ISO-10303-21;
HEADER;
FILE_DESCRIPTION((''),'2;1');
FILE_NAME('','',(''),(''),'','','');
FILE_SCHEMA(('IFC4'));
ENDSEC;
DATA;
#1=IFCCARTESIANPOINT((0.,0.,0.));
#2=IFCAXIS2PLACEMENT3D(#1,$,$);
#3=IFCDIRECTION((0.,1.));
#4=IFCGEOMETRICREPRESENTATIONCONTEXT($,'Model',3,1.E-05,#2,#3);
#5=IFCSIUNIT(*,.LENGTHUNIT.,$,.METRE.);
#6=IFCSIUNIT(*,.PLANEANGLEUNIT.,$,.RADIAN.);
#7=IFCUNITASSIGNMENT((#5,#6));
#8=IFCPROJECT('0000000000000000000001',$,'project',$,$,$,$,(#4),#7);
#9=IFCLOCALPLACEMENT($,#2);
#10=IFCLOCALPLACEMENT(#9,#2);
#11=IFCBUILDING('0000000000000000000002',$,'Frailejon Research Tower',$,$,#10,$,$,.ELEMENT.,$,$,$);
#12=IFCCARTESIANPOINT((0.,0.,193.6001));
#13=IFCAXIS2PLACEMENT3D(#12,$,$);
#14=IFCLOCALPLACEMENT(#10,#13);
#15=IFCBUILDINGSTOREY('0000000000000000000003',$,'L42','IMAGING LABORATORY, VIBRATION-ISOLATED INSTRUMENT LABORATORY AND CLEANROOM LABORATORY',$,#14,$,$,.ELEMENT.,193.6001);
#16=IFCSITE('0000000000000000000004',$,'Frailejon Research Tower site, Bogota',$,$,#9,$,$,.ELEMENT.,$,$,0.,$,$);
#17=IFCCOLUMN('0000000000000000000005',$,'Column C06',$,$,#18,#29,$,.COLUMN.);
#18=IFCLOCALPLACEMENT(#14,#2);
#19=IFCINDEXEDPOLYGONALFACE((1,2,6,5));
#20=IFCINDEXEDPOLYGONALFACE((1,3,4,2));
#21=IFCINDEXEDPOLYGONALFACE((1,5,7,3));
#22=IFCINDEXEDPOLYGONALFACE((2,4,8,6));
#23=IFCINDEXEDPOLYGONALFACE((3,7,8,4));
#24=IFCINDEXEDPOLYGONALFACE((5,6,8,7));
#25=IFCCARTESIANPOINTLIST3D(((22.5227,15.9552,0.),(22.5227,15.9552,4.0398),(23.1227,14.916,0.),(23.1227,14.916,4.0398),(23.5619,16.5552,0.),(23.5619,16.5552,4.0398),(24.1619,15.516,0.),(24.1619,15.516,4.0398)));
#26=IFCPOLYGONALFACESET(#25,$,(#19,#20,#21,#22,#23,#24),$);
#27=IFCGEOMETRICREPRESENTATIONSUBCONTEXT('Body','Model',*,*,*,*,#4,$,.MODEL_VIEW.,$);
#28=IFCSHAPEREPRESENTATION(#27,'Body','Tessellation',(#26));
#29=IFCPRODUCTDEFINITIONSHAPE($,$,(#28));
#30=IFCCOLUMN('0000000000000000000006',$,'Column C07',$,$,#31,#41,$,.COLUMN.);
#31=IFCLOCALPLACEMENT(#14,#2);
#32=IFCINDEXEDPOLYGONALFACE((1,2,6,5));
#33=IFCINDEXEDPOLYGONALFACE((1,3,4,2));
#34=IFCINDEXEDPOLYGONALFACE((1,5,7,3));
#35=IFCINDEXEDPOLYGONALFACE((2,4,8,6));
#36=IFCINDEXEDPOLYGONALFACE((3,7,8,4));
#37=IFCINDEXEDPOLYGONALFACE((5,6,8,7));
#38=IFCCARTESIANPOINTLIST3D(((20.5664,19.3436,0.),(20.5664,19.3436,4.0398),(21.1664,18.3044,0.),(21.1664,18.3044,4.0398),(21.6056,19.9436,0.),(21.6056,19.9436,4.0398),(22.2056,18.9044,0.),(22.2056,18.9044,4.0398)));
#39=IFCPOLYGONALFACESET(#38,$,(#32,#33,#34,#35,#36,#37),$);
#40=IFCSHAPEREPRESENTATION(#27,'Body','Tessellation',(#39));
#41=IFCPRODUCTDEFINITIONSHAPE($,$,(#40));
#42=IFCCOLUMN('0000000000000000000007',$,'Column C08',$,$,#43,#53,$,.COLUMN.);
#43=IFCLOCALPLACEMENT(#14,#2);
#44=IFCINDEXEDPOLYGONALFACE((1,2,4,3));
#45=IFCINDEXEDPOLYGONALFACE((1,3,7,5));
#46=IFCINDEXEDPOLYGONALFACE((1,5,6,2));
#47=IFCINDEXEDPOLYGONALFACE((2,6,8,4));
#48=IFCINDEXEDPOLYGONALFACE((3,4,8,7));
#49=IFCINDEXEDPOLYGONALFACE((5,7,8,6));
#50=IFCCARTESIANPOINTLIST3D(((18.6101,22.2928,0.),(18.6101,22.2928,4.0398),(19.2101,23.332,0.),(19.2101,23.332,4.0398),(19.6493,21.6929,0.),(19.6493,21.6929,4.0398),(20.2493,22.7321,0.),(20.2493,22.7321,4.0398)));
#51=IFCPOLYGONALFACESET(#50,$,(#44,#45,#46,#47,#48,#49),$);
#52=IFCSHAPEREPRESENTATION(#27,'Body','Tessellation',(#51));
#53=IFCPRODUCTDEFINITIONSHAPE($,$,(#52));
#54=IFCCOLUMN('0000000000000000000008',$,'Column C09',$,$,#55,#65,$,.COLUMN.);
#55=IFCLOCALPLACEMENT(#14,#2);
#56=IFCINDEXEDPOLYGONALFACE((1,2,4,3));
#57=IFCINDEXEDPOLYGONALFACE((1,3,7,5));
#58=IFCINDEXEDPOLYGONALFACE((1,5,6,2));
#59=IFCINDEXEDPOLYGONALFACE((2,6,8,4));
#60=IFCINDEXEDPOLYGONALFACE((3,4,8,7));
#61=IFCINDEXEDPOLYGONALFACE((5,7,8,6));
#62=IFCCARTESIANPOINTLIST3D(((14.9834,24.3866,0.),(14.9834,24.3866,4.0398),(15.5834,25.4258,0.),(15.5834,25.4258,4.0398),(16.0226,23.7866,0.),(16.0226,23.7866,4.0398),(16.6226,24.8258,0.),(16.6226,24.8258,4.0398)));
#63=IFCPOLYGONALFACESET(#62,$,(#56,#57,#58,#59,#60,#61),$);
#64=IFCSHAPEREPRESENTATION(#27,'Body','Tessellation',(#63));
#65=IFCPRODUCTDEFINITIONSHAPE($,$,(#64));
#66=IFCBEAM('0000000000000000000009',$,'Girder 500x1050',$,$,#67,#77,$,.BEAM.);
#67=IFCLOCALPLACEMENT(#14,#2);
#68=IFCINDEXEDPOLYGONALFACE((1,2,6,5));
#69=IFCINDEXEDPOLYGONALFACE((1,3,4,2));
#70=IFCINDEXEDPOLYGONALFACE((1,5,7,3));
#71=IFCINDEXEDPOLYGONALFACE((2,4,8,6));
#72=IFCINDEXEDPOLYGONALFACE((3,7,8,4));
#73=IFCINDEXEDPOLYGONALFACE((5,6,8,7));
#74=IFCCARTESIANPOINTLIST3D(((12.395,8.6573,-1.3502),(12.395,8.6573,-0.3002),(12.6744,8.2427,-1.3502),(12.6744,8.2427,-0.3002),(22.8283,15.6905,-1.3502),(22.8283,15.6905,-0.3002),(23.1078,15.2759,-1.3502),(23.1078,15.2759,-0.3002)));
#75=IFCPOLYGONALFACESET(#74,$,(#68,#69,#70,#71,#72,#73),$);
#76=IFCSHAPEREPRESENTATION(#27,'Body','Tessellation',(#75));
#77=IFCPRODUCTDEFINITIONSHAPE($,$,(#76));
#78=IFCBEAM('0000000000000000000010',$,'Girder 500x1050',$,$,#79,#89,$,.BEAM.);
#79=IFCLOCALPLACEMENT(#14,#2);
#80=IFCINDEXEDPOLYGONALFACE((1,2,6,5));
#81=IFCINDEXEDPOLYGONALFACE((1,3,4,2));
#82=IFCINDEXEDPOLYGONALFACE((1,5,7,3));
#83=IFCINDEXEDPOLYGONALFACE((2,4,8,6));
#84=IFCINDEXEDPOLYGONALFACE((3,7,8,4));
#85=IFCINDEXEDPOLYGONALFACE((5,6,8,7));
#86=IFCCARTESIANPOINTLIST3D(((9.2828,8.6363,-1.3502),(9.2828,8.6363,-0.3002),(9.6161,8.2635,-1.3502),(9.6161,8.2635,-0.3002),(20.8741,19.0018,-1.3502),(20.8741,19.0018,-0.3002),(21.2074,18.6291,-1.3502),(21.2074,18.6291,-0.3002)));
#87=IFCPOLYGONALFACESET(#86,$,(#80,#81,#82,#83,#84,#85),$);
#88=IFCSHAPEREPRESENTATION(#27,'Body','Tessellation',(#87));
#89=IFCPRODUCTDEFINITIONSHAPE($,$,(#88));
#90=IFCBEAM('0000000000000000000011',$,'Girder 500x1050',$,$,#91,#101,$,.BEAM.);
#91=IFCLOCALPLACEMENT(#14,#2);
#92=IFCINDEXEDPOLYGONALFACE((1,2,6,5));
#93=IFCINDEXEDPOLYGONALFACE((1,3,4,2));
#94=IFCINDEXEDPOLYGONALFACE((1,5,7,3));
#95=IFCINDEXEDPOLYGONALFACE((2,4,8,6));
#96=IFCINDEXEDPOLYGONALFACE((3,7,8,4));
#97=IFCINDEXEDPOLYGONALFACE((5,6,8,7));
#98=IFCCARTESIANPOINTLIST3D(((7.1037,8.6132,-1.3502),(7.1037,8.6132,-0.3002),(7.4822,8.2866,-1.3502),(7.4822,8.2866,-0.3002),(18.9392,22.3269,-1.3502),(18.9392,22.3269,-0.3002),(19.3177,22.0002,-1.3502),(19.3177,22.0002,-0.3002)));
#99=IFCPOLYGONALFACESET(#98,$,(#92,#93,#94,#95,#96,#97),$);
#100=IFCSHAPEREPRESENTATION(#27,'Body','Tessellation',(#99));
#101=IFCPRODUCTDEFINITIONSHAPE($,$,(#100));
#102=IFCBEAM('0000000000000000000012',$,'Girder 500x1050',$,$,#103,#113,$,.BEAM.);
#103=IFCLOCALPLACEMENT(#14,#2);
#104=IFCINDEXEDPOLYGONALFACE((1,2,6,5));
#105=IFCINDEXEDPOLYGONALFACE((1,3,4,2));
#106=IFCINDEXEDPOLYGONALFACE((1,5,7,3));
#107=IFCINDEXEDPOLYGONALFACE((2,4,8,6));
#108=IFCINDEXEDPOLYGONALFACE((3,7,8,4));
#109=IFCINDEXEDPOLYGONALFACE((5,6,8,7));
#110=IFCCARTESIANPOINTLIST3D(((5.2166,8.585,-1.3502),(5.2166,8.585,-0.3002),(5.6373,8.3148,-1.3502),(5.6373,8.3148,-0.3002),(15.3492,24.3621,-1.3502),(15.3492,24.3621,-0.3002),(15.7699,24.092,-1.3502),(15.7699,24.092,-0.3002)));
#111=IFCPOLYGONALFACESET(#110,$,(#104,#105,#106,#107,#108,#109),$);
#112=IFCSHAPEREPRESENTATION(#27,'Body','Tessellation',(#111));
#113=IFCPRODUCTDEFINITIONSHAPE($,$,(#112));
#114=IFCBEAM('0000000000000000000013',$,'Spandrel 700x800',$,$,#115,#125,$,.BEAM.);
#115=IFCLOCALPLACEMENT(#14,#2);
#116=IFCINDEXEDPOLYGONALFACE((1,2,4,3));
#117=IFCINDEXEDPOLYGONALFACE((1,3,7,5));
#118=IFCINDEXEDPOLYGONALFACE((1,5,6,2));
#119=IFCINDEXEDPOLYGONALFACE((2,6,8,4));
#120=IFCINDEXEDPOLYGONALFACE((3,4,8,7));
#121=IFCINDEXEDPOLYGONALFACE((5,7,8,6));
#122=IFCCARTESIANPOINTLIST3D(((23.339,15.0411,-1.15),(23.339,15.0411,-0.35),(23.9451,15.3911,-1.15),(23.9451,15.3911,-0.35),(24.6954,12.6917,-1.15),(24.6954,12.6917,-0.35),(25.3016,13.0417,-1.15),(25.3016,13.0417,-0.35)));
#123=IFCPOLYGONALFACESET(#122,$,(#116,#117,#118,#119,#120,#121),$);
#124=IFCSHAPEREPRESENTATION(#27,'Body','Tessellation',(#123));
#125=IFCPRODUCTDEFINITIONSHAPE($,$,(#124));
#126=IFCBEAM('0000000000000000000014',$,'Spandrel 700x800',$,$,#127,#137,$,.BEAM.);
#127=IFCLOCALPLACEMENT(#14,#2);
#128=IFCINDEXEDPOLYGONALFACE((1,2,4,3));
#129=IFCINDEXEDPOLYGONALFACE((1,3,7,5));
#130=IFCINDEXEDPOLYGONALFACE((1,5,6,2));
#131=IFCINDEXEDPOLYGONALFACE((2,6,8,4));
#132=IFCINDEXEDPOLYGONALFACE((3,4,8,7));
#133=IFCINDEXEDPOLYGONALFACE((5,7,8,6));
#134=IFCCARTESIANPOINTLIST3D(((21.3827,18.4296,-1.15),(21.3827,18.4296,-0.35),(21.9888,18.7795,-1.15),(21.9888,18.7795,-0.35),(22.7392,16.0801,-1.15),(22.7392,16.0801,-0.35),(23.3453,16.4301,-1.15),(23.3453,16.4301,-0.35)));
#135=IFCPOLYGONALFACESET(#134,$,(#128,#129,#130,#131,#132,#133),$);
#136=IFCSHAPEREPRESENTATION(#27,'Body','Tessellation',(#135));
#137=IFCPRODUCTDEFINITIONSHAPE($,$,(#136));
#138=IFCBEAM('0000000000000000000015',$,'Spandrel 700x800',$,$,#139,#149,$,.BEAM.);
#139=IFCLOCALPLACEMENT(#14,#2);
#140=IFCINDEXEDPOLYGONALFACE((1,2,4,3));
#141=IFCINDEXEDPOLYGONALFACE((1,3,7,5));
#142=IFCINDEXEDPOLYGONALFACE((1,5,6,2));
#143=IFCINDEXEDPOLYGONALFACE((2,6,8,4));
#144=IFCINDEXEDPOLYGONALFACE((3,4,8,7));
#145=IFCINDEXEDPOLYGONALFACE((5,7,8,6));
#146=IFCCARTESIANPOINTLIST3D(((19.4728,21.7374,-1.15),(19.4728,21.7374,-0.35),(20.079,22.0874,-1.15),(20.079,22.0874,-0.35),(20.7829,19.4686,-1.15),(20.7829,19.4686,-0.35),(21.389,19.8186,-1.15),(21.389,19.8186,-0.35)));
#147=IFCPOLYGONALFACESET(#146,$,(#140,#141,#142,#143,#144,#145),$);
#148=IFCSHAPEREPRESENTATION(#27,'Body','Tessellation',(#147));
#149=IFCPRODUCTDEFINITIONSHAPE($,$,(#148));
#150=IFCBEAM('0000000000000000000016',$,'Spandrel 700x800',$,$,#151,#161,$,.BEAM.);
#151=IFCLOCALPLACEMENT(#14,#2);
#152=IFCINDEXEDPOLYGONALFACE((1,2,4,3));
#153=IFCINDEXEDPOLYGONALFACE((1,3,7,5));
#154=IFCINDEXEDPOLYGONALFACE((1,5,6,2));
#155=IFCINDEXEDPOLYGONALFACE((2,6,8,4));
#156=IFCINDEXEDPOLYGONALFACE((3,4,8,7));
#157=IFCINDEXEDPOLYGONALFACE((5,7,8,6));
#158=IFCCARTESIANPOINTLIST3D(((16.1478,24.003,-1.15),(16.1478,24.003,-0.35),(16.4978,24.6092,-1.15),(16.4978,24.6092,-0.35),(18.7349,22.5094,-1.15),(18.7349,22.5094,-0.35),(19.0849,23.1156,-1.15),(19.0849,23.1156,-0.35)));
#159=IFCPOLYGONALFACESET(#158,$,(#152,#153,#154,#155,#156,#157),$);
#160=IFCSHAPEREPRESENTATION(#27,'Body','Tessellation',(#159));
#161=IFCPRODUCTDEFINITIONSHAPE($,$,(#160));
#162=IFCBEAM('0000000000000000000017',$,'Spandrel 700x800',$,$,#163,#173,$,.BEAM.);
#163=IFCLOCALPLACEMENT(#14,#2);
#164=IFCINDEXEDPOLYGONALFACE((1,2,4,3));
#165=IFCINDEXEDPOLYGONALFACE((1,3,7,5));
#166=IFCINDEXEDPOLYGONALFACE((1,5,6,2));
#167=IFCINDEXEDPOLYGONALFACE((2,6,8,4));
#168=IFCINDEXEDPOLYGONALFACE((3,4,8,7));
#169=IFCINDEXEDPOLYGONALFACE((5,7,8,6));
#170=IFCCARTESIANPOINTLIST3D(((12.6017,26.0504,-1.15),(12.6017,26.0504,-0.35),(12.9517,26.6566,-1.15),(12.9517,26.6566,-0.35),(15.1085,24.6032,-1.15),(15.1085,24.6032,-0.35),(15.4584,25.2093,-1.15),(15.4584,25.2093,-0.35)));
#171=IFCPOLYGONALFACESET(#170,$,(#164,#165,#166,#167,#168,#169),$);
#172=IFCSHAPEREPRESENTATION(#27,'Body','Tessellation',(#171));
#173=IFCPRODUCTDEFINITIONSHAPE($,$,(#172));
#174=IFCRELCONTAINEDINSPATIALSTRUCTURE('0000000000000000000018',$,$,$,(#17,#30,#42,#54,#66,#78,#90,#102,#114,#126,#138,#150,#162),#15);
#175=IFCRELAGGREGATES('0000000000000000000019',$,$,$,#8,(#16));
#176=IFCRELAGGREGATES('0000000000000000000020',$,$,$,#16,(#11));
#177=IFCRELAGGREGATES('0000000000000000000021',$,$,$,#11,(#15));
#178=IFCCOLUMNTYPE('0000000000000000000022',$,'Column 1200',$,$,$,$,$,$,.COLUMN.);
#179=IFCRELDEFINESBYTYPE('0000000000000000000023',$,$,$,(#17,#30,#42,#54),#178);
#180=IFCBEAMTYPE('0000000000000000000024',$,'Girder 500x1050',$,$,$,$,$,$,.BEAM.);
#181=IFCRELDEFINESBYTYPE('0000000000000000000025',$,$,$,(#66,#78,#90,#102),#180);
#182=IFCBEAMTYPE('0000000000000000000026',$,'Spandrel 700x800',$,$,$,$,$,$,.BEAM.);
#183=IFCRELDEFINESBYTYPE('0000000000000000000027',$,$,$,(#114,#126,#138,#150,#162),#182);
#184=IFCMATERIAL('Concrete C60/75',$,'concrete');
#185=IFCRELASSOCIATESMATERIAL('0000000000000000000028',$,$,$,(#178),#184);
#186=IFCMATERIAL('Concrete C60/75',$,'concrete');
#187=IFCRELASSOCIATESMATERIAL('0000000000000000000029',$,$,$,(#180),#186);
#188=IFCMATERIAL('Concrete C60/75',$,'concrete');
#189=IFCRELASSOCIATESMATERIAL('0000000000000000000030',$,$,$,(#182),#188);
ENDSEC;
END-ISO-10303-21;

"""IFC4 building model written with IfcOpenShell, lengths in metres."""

from ifc_helpers import new_model, si_unit, direction, frame, origin, origin_2d, place, context, subcontext, project, spatial, rectangle, extrude, material, material_profile, profile_set, type_object, element, save


model = new_model("IFC4")

# Units and contexts
model_context = context("Model", 3, precision=1e-05, world=origin(), true_north=direction((0.0, 1.0)))
body_context = subcontext(model_context, "Body", "Model", "MODEL_VIEW")
ifc_project = project(units=[si_unit("LENGTHUNIT", "METRE"), si_unit("PLANEANGLEUNIT", "RADIAN")], contexts=[model_context])

# Site, building, storey
site_placement = place(None, origin())
site = spatial("IfcSite", under=ifc_project, at=site_placement, Name="Frailejon Research Tower site, Bogota", CompositionType="ELEMENT", RefElevation=0.0)
building_placement = place(site_placement, origin())
building = spatial("IfcBuilding", under=site, at=building_placement, Name="Frailejon Research Tower", CompositionType="ELEMENT")
storey_placement = place(building_placement, frame((0.0, 0.0, 193.6001)))
storey = spatial("IfcBuildingStorey", under=building, at=storey_placement, Name="L42", Description="IMAGING LABORATORY, VIBRATION-ISOLATED INSTRUMENT LABORATORY AND CLEANROOM LABORATORY", CompositionType="ELEMENT", Elevation=193.6001)

# Columns
ifc_material_1 = material(Name="Concrete C60/75", Category="concrete")
ifc_material_profile_1 = material_profile(ifc_material_1, rectangle(XDim=1.2, YDim=1.2, at=origin_2d()), Name="Column 1200")
ifc_profile_set_1 = profile_set([ifc_material_profile_1], Name="Concrete C60/75")
column_type = type_object("IfcColumnType", Name="Column 1200", PredefinedType="COLUMN", material=ifc_profile_set_1)
for number, where, z_axis, x_axis, name in (
    (1, (23.3423, 15.7356, 0.0), (0.0, 0.0, 1.0), (-0.5, 0.866025, 0.0), "Column C06"),
    (2, (21.386, 19.124, 0.0), (0.0, 0.0, 1.0), (-0.5, 0.866025, 0.0), "Column C07"),
    (3, (19.4297, 22.5125, 0.0), (0.0, 0.0, 1.0), (-0.866025, 0.5, 0.0), "Column C08"),
    (4, (15.803, 24.6062, 0.0), (0.0, 0.0, 1.0), (-0.866025, 0.5, 0.0), "Column C09"),
):
    element("IfcColumn", number, at=place(storey_placement, frame(where, z_axis=z_axis, x_axis=x_axis)), inside=storey, type_object=column_type, Name=name, PredefinedType="COLUMN", context=body_context, shape_type="SweptSolid", body=[
        extrude(rectangle(XDim=1.2, YDim=1.2, at=origin_2d()), origin(), (0.0, 0.0, 1.0), 4.0398),
    ])

# Beams
ifc_material_2 = material(Name="Concrete C60/75", Category="concrete")
ifc_material_profile_2 = material_profile(ifc_material_2, rectangle(XDim=0.5, YDim=1.05, at=origin_2d()), Name="Girder 500x1050")
ifc_profile_set_2 = profile_set([ifc_material_profile_2], Name="Concrete C60/75")
beam_type_1 = type_object("IfcBeamType", Name="Girder 500x1050", PredefinedType="BEAM", material=ifc_profile_set_2)
beam_1_placement = place(storey_placement, frame((22.968, 15.4832, -0.8252), z_axis=(-0.829192, -0.558965, 0.0), x_axis=(0.558965, -0.829192, 0.0)))
element("IfcBeam", 5, at=beam_1_placement, inside=storey, type_object=beam_type_1, Name="Girder 500x1050", PredefinedType="BEAM", context=body_context, shape_type="SweptSolid", body=[
    extrude(rectangle(XDim=0.5, YDim=1.05, at=origin_2d()), origin(), (0.0, 0.0, 1.0), 12.5825),
])
beam_2_placement = place(storey_placement, frame((21.0408, 18.8154, -0.8252), z_axis=(-0.745423, -0.666592, 0.0), x_axis=(0.666592, -0.745423, 0.0)))
element("IfcBeam", 6, at=beam_2_placement, inside=storey, type_object=beam_type_1, Name="Girder 500x1050", PredefinedType="BEAM", context=body_context, shape_type="SweptSolid", body=[
    extrude(rectangle(XDim=0.5, YDim=1.05, at=origin_2d()), origin(), (0.0, 0.0, 1.0), 15.55),
])
beam_3_placement = place(storey_placement, frame((19.1284, 22.1636, -0.8252), z_axis=(-0.653363, -0.757045, 0.0), x_axis=(0.757045, -0.653363, 0.0)))
element("IfcBeam", 7, at=beam_3_placement, inside=storey, type_object=beam_type_1, Name="Girder 500x1050", PredefinedType="BEAM", context=body_context, shape_type="SweptSolid", body=[
    extrude(rectangle(XDim=0.5, YDim=1.05, at=origin_2d()), origin(), (0.0, 0.0, 1.0), 18.1147),
])
beam_4_placement = place(storey_placement, frame((15.5596, 24.2271, -0.8252), z_axis=(-0.540386, -0.841417, 0.0), x_axis=(0.841417, -0.540386, 0.0)))
element("IfcBeam", 8, at=beam_4_placement, inside=storey, type_object=beam_type_1, Name="Girder 500x1050", PredefinedType="BEAM", context=body_context, shape_type="SweptSolid", body=[
    extrude(rectangle(XDim=0.5, YDim=1.05, at=origin_2d()), origin(), (0.0, 0.0, 1.0), 18.7507),
])
ifc_material_3 = material(Name="Concrete C60/75", Category="concrete")
ifc_material_profile_3 = material_profile(ifc_material_3, rectangle(XDim=0.7, YDim=0.8, at=origin_2d()), Name="Spandrel 700x800")
ifc_profile_set_3 = profile_set([ifc_material_profile_3], Name="Concrete C60/75")
beam_type_2 = type_object("IfcBeamType", Name="Spandrel 700x800", PredefinedType="BEAM", material=ifc_profile_set_3)
for number, where, z_axis, x_axis, name in (
    (9, (24.9985, 12.8667, -0.75), (-0.500011, 0.866019, 0.0), (-0.866019, -0.500011, 0.0), "Spandrel 700x800"),
    (10, (23.0422, 16.2551, -0.75), (-0.500011, 0.866019, 0.0), (-0.866019, -0.500011, 0.0), "Spandrel 700x800"),
):
    element("IfcBeam", number, at=place(storey_placement, frame(where, z_axis=z_axis, x_axis=x_axis)), inside=storey, type_object=beam_type_2, Name=name, PredefinedType="BEAM", context=body_context, shape_type="SweptSolid", body=[
        extrude(rectangle(XDim=0.7, YDim=0.8, at=origin_2d()), origin(), (0.0, 0.0, 1.0), 2.7129),
    ])
beam_5_placement = place(storey_placement, frame((21.0859, 19.6436, -0.75), z_axis=(-0.500048, 0.865998, 0.0), x_axis=(-0.865998, -0.500048, 0.0)))
element("IfcBeam", 11, at=beam_5_placement, inside=storey, type_object=beam_type_2, Name="Spandrel 700x800", PredefinedType="BEAM", context=body_context, shape_type="SweptSolid", body=[
    extrude(rectangle(XDim=0.7, YDim=0.8, at=origin_2d()), origin(), (0.0, 0.0, 1.0), 2.6199),
])
beam_6_placement = place(storey_placement, frame((18.9099, 22.8125, -0.75), z_axis=(-0.866032, 0.499989, 0.0), x_axis=(-0.499989, -0.866032, 0.0)))
element("IfcBeam", 12, at=beam_6_placement, inside=storey, type_object=beam_type_2, Name="Spandrel 700x800", PredefinedType="BEAM", context=body_context, shape_type="SweptSolid", body=[
    extrude(rectangle(XDim=0.7, YDim=0.8, at=origin_2d()), origin(), (0.0, 0.0, 1.0), 2.9873),
])
beam_7_placement = place(storey_placement, frame((15.2834, 24.9062, -0.75), z_axis=(-0.866034, 0.499985, 0.0), x_axis=(-0.499985, -0.866034, 0.0)))
element("IfcBeam", 13, at=beam_7_placement, inside=storey, type_object=beam_type_2, Name="Spandrel 700x800", PredefinedType="BEAM", context=body_context, shape_type="SweptSolid", body=[
    extrude(rectangle(XDim=0.7, YDim=0.8, at=origin_2d()), origin(), (0.0, 0.0, 1.0), 2.8945),
])

save(model, "model.ifc")
